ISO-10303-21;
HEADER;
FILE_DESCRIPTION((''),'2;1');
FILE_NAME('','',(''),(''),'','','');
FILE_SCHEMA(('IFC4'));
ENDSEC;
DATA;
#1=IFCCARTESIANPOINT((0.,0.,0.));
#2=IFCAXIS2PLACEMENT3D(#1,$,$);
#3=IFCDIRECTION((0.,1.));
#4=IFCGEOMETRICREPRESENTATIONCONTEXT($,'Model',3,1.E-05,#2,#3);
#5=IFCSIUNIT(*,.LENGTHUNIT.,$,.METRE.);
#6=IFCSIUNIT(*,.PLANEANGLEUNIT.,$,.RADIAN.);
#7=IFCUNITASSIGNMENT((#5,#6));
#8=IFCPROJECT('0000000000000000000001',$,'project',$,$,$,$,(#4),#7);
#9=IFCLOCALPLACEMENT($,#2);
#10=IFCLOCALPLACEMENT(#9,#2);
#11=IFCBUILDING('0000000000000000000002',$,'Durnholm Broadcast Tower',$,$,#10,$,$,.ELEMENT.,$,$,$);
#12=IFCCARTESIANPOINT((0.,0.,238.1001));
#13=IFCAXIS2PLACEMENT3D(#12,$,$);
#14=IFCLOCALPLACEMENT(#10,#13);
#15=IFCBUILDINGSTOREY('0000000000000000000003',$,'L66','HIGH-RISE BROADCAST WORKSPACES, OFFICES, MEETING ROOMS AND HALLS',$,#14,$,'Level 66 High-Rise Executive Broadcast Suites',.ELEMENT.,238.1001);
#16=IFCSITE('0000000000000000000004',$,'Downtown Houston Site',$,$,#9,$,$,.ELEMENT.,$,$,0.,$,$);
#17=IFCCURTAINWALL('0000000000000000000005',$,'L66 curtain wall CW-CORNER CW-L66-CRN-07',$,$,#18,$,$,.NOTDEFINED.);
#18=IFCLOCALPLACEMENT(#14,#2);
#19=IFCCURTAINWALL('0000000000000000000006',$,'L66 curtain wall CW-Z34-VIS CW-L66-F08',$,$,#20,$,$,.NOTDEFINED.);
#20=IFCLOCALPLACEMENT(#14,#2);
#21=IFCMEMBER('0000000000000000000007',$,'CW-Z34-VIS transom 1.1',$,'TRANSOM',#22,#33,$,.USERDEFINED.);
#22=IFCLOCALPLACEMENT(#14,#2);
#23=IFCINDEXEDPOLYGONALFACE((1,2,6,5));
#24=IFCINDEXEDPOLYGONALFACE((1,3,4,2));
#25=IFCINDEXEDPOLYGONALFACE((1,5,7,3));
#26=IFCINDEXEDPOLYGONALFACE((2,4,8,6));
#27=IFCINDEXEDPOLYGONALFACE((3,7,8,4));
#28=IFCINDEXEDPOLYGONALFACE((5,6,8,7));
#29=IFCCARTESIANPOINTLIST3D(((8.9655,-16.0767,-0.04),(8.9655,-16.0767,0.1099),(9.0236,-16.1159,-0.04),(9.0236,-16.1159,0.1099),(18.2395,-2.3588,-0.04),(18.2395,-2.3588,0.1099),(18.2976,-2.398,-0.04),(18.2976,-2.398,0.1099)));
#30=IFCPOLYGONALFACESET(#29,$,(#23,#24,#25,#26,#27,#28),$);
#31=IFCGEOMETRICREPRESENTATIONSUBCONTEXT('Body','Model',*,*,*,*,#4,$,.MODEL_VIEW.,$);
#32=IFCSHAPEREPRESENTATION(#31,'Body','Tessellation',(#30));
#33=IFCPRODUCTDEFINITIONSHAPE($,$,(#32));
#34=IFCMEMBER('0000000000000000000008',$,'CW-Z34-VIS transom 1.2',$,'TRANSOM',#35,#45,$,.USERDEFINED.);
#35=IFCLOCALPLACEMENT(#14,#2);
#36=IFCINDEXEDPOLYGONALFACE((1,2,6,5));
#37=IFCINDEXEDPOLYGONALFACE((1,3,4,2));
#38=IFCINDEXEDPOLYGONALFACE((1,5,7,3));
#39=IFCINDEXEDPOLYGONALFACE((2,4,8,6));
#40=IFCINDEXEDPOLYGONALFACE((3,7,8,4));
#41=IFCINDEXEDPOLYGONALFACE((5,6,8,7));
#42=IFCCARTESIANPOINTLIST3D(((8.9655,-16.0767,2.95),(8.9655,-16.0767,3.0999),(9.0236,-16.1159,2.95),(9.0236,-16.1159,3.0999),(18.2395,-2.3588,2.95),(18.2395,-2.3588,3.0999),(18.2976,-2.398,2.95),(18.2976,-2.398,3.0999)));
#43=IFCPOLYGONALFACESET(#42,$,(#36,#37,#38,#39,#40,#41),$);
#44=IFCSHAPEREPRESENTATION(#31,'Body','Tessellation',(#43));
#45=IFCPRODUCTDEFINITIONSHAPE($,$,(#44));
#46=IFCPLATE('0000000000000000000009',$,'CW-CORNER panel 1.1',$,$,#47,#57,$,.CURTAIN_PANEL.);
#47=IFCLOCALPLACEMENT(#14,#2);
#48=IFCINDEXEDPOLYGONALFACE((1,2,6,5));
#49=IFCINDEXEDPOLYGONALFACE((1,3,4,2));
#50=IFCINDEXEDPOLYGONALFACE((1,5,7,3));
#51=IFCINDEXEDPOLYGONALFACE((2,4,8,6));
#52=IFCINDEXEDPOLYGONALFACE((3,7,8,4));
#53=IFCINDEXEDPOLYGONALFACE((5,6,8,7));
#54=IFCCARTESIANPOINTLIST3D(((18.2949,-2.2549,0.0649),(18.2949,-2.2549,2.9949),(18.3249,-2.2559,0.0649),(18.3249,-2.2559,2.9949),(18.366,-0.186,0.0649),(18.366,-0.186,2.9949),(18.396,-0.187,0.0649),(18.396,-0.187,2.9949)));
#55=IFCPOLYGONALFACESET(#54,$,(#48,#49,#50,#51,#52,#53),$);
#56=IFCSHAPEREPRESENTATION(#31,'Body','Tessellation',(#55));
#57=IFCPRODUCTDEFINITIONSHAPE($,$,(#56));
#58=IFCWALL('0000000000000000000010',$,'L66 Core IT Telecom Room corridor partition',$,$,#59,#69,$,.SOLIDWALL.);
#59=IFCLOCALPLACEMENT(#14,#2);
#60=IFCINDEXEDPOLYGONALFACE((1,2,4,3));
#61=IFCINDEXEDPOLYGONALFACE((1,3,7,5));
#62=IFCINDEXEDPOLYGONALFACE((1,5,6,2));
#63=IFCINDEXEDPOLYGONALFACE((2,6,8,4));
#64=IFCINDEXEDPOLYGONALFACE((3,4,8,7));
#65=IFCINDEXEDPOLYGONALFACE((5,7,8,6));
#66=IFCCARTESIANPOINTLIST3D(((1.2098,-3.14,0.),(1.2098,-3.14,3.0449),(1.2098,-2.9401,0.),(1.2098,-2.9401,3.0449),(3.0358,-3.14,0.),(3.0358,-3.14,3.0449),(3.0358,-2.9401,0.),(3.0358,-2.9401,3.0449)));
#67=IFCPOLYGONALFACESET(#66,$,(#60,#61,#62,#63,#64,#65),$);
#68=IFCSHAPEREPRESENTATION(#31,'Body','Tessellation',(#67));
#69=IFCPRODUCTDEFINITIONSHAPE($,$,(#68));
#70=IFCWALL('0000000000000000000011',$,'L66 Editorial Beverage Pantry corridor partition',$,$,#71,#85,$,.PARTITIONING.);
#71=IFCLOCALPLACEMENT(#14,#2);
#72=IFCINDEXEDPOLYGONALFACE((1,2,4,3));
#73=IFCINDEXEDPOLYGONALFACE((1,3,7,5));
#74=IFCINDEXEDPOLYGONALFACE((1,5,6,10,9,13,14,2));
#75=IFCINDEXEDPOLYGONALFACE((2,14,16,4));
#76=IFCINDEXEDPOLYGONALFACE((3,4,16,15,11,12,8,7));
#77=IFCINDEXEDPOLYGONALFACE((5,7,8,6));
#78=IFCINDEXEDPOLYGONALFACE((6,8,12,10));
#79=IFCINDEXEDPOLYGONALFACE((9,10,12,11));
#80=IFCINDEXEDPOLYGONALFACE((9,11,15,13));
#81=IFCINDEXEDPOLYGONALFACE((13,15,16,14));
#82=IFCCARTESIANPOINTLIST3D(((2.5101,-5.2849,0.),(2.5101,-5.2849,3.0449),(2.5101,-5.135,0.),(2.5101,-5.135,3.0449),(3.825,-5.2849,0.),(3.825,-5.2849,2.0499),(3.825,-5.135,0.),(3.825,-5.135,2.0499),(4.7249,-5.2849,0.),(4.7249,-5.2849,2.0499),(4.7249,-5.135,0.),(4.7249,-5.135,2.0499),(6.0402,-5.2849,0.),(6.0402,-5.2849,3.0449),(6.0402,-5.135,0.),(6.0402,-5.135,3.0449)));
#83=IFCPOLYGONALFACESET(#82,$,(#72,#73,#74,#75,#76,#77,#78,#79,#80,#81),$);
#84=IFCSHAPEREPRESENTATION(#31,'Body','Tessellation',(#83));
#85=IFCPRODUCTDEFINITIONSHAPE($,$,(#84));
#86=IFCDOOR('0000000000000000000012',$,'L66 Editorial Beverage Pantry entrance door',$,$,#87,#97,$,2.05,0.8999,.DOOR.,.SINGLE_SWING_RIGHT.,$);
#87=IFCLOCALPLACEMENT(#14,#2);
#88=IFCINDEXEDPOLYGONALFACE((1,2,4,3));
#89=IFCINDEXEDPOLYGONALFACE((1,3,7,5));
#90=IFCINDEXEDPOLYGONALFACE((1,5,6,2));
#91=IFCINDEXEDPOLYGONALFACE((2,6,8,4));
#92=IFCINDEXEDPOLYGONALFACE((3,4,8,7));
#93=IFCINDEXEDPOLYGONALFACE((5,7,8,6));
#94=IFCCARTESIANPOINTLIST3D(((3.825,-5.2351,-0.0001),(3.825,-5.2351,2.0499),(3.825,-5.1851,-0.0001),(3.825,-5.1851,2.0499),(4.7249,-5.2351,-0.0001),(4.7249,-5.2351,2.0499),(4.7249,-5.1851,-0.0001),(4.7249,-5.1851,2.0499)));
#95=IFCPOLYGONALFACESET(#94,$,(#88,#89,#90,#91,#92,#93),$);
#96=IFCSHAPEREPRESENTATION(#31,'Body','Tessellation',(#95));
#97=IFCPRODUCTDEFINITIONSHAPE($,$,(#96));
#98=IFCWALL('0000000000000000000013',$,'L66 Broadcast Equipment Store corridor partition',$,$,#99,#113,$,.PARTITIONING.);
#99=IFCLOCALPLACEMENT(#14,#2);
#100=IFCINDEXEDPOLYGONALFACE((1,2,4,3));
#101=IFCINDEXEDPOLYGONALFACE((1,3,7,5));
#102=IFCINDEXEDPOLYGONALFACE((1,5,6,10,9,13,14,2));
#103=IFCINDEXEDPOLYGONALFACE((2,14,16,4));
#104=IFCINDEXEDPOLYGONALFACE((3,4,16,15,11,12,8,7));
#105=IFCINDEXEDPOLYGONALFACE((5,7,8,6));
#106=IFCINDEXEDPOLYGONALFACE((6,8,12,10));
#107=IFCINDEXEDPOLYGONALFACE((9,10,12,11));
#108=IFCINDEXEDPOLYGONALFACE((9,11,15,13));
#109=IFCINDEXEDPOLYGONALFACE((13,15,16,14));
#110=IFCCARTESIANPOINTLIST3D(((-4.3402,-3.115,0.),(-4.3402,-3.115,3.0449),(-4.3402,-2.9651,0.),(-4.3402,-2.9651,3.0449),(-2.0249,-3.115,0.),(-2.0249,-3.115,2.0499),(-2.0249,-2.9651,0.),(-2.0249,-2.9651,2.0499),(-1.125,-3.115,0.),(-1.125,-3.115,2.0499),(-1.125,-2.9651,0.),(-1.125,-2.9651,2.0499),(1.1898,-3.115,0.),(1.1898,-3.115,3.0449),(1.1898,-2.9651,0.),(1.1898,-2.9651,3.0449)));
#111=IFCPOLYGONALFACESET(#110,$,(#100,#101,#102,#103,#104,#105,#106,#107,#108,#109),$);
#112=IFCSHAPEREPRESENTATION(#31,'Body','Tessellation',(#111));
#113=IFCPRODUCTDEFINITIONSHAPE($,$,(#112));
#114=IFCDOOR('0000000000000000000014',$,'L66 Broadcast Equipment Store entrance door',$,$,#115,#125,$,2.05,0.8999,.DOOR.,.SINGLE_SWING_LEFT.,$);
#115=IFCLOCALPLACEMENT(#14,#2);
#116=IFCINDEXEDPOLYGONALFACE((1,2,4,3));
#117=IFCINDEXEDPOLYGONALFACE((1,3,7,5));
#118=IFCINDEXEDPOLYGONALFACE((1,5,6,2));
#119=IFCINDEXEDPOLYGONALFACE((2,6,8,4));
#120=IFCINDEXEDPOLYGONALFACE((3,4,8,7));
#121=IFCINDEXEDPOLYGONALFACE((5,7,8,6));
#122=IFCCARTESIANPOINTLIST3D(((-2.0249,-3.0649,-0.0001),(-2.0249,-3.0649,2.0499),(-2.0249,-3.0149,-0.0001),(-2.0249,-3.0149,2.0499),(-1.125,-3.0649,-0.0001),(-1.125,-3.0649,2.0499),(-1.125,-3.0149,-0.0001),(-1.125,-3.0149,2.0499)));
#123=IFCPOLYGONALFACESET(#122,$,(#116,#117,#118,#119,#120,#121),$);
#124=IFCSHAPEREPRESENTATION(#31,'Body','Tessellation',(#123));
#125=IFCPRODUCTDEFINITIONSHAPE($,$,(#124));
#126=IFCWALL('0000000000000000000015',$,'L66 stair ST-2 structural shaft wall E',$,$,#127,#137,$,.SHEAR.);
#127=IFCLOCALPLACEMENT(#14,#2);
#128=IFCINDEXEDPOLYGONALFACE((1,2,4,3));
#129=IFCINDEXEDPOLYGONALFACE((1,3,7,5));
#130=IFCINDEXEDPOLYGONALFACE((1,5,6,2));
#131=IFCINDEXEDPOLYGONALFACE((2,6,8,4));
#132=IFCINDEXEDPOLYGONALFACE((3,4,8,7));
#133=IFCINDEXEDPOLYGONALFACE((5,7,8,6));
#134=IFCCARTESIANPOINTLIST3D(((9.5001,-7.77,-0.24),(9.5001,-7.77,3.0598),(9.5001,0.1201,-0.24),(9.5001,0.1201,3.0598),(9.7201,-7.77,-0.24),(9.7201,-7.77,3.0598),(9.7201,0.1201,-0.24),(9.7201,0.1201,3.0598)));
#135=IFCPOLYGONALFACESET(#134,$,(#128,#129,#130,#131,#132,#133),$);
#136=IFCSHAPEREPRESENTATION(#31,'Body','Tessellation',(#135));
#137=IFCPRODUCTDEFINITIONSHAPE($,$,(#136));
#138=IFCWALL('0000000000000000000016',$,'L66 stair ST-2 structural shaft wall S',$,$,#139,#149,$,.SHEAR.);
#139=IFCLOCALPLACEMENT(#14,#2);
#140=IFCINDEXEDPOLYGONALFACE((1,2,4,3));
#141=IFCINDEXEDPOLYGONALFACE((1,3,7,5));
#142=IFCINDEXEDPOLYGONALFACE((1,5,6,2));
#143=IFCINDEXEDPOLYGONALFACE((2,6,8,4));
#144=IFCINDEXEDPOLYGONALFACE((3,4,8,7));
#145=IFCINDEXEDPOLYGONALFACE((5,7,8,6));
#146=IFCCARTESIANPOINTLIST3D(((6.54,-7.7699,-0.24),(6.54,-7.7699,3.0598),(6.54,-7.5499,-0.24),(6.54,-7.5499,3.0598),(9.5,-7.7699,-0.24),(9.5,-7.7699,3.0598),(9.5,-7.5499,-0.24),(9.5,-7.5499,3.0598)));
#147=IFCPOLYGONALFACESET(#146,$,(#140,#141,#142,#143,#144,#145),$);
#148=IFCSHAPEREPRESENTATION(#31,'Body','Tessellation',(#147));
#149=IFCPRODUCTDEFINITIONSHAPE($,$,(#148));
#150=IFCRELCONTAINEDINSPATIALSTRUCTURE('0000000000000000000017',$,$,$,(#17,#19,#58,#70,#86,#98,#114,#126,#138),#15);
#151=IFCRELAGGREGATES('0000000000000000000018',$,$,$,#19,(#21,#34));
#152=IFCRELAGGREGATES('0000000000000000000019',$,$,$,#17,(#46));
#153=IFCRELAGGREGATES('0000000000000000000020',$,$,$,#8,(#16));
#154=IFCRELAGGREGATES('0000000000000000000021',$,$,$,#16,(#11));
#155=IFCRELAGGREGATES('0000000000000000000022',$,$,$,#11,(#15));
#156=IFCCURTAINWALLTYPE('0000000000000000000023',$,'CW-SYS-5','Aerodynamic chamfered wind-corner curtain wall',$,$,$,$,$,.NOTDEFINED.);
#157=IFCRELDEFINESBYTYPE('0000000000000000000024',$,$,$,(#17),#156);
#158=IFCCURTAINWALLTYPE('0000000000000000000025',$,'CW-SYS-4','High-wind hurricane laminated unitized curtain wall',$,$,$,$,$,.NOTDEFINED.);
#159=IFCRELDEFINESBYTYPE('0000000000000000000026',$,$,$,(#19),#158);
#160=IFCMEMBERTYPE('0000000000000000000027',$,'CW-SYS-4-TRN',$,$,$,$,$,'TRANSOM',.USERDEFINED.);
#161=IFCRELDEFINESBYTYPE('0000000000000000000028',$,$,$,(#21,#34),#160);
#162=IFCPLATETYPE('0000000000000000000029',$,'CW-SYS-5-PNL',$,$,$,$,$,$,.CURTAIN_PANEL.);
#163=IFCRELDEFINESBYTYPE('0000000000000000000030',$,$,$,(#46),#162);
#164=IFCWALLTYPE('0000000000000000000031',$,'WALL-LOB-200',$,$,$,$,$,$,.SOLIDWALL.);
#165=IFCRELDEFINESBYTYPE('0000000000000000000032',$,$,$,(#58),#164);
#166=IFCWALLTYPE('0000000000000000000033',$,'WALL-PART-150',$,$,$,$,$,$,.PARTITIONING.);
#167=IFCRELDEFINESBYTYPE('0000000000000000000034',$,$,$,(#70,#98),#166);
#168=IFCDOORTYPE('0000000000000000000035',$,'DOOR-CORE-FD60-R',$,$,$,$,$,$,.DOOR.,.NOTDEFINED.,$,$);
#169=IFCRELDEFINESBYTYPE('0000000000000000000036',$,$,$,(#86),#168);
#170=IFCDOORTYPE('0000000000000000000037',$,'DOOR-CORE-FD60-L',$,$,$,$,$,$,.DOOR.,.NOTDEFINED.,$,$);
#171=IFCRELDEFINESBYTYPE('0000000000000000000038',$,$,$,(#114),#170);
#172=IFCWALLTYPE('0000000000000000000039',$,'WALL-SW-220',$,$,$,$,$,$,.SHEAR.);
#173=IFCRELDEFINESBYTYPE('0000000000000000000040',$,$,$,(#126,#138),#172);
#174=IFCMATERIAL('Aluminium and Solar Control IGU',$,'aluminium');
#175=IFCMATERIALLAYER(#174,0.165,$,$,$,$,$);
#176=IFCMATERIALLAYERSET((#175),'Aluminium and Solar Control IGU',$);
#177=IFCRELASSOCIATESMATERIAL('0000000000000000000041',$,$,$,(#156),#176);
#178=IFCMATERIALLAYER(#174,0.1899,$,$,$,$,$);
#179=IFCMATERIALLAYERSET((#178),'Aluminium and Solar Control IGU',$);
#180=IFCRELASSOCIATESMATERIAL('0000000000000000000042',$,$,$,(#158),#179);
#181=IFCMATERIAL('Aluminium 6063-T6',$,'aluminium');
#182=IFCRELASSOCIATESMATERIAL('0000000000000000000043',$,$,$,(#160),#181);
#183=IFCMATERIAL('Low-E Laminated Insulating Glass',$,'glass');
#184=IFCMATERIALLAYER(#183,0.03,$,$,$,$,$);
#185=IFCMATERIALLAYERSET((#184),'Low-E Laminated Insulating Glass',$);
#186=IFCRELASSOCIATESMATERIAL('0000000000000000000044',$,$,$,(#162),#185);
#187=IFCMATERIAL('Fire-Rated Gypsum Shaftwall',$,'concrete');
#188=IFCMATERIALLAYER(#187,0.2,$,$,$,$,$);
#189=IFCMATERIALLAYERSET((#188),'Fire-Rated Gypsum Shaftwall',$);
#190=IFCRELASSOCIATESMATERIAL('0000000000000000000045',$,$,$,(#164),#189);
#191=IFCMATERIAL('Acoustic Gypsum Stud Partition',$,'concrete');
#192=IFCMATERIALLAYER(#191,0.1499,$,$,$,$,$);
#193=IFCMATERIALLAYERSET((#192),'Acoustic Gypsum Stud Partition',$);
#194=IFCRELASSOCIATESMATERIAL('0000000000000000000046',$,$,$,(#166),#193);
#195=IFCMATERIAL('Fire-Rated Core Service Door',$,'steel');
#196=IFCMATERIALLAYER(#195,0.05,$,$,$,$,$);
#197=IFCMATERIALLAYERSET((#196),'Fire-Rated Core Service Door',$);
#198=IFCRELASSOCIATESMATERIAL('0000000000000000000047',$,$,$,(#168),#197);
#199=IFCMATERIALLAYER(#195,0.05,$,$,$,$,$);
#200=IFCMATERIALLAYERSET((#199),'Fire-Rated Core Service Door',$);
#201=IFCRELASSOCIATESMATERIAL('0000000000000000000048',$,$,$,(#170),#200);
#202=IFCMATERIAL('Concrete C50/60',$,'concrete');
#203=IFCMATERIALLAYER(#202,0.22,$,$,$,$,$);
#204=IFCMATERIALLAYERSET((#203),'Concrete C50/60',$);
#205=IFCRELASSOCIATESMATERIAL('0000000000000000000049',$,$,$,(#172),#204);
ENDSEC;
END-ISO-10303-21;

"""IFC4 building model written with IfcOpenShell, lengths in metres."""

from ifc_helpers import new_model, si_unit, direction, frame, frame_2d, origin, origin_2d, place, context, subcontext, project, spatial, rectangle, extrude, source, transform, mapped, material, layer, layer_set, material_profile, profile_set, type_object, type_shapes, element, fill, aggregate, save


model = new_model("IFC4")

# Units and contexts
model_context = context("Model", 3, precision=1e-05, world=origin(), true_north=direction((0.0, 1.0)))
body_context = subcontext(model_context, "Body", "Model", "MODEL_VIEW")
ifc_project = project(units=[si_unit("LENGTHUNIT", "METRE"), si_unit("PLANEANGLEUNIT", "RADIAN")], contexts=[model_context])

# Site, building, storey
site_placement = place(None, origin())
site = spatial("IfcSite", under=ifc_project, at=site_placement, Name="Downtown Houston Site", CompositionType="ELEMENT", RefElevation=0.0)
building_placement = place(site_placement, origin())
building = spatial("IfcBuilding", under=site, at=building_placement, Name="Durnholm Broadcast Tower", CompositionType="ELEMENT")
storey_placement = place(building_placement, frame((0.0, 0.0, 238.1001)))
storey = spatial("IfcBuildingStorey", under=building, at=storey_placement, Name="L66", Description="HIGH-RISE BROADCAST WORKSPACES, OFFICES, MEETING ROOMS AND HALLS", LongName="Level 66 High-Rise Executive Broadcast Suites", CompositionType="ELEMENT", Elevation=238.1001)

# Curtain wall
ifc_material_1 = material(Name="Aluminium and Solar Control IGU", Category="aluminium")
ifc_layer_1 = layer(ifc_material_1, 0.165)
ifc_layer_set_1 = layer_set([ifc_layer_1], Name="Aluminium and Solar Control IGU")
curtain_wall_type_1 = type_object("IfcCurtainWallType", Name="CW-SYS-5", Description="Aerodynamic chamfered wind-corner curtain wall", PredefinedType="NOTDEFINED", material=ifc_layer_set_1)
curtain_wall_1_placement = place(storey_placement, origin())
curtain_wall_1 = element("IfcCurtainWall", 1, at=curtain_wall_1_placement, inside=storey, type_object=curtain_wall_type_1, Name="L66 curtain wall CW-CORNER CW-L66-CRN-07", PredefinedType="NOTDEFINED")
ifc_material_2 = material(Name="Aluminium 6063-T6", Category="aluminium")

# Curtain wall, members
ifc_layer_2 = layer(ifc_material_1, 0.1899)
ifc_layer_set_2 = layer_set([ifc_layer_2], Name="Aluminium and Solar Control IGU")
curtain_wall_type_2 = type_object("IfcCurtainWallType", Name="CW-SYS-4", Description="High-wind hurricane laminated unitized curtain wall", PredefinedType="NOTDEFINED", material=ifc_layer_set_2)
curtain_wall_2_placement = place(storey_placement, origin())
curtain_wall_2 = element("IfcCurtainWall", 2, at=curtain_wall_2_placement, inside=storey, type_object=curtain_wall_type_2, Name="L66 curtain wall CW-Z34-VIS CW-L66-F08", PredefinedType="NOTDEFINED")
ifc_material_profile_1 = material_profile(ifc_material_2, rectangle(XDim=0.0701, YDim=0.1499, at=origin_2d()), Name="CWT70X150")
ifc_profile_set_1 = profile_set([ifc_material_profile_1], Name="Aluminium 6063-T6")
member_type_1 = type_object("IfcMemberType", Name="CW-SYS-4-TRN", ElementType="TRANSOM", PredefinedType="USERDEFINED", material=ifc_profile_set_1)
shared_shape_1 = source(origin(), body_context, "Body", "SweptSolid", [
    extrude(rectangle(XDim=0.0701, YDim=0.1499, at=origin_2d()), origin(), (0.0, 0.0, 1.0), 16.5586),
])
type_shapes(member_type_1, [shared_shape_1])
member_1_placement = place(storey_placement, frame((18.2686, -2.3784, 0.0349), z_axis=(-0.560071, -0.828444, 0.0), x_axis=(0.828444, -0.560071, 0.0)))
member_1 = element("IfcMember", 3, at=member_1_placement, type_object=member_type_1, Name="CW-Z34-VIS transom 1.1", ObjectType="TRANSOM", PredefinedType="USERDEFINED", context=body_context, shape_type="MappedRepresentation", body=[
    mapped(shared_shape_1, transform((0.0, 0.0, 0.0), x_axis=(1.0, 0.0, 0.0), y_axis=(0.0, 1.0, 0.0), z_axis=(0.0, 0.0, 1.0), scale=1.0)),
])
member_2_placement = place(storey_placement, frame((18.2686, -2.3784, 3.0249), z_axis=(-0.560071, -0.828444, 0.0), x_axis=(0.828444, -0.560071, 0.0)))
member_2 = element("IfcMember", 4, at=member_2_placement, type_object=member_type_1, Name="CW-Z34-VIS transom 1.2", ObjectType="TRANSOM", PredefinedType="USERDEFINED", context=body_context, shape_type="MappedRepresentation", body=[
    mapped(shared_shape_1, transform((0.0, 0.0, 0.0), x_axis=(1.0, 0.0, 0.0), y_axis=(0.0, 1.0, 0.0), z_axis=(0.0, 0.0, 1.0), scale=1.0)),
])
aggregate(curtain_wall_2, [member_1, member_2])

# Plate
ifc_material_3 = material(Name="Low-E Laminated Insulating Glass", Category="glass")
ifc_layer_3 = layer(ifc_material_3, 0.03)
ifc_layer_set_3 = layer_set([ifc_layer_3], Name="Low-E Laminated Insulating Glass")
plate_type = type_object("IfcPlateType", Name="CW-SYS-5-PNL", PredefinedType="CURTAIN_PANEL", material=ifc_layer_set_3)
shared_shape_2 = source(origin(), body_context, "Body", "SweptSolid", [
    extrude(rectangle(XDim=2.0701, YDim=0.03, at=origin_2d()), origin(), (0.0, 0.0, 1.0), 2.9299),
])
type_shapes(plate_type, [shared_shape_2])
plate_placement = place(storey_placement, frame((18.3455, -1.2209, 0.0649), z_axis=(0.0, 0.0, 1.0), x_axis=(-0.034318, -0.999411, 0.0)))
plate = element("IfcPlate", 5, at=plate_placement, type_object=plate_type, Name="CW-CORNER panel 1.1", PredefinedType="CURTAIN_PANEL", context=body_context, shape_type="MappedRepresentation", body=[
    mapped(shared_shape_2, transform((0.0, 0.0, 0.0), x_axis=(1.0, 0.0, 0.0), y_axis=(0.0, 1.0, 0.0), z_axis=(0.0, 0.0, 1.0), scale=1.0)),
])
aggregate(curtain_wall_1, [plate])

# Wall
ifc_material_4 = material(Name="Fire-Rated Gypsum Shaftwall", Category="concrete")
ifc_layer_4 = layer(ifc_material_4, 0.2)
ifc_layer_set_4 = layer_set([ifc_layer_4], Name="Fire-Rated Gypsum Shaftwall")
wall_type_1 = type_object("IfcWallType", Name="WALL-LOB-200", PredefinedType="SOLIDWALL", material=ifc_layer_set_4)
wall_1_placement = place(storey_placement, frame((3.0359, -3.04, 0.0), z_axis=(0.0, 0.0, 1.0), x_axis=(-1.0, 0.0, 0.0)))
element("IfcWall", 6, at=wall_1_placement, inside=storey, type_object=wall_type_1, Name="L66 Core IT Telecom Room corridor partition", PredefinedType="SOLIDWALL", context=body_context, shape_type="SweptSolid", body=[
    extrude(rectangle(XDim=1.8259, YDim=0.2, at=frame_2d((0.9131, 0.0))), origin(), (0.0, 0.0, 1.0), 3.0449),
])

# Walls, openings, doors
ifc_material_5 = material(Name="Acoustic Gypsum Stud Partition", Category="concrete")
ifc_layer_5 = layer(ifc_material_5, 0.1499)
ifc_layer_set_5 = layer_set([ifc_layer_5], Name="Acoustic Gypsum Stud Partition")
wall_type_2 = type_object("IfcWallType", Name="WALL-PART-150", PredefinedType="PARTITIONING", material=ifc_layer_set_5)
wall_2_placement = place(storey_placement, frame((2.51, -5.21, 0.0), z_axis=(0.0, 0.0, 1.0), x_axis=(1.0, 0.0, 0.0)))
wall_2 = element("IfcWall", 7, at=wall_2_placement, inside=storey, type_object=wall_type_2, Name="L66 Editorial Beverage Pantry corridor partition", PredefinedType="PARTITIONING", context=body_context, shape_type="SweptSolid", body=[
    extrude(rectangle(XDim=3.53, YDim=0.1499, at=frame_2d((1.7651, 0.0))), origin(), (0.0, 0.0, 1.0), 3.0449),
])
opening_1_placement = place(wall_2_placement, frame((1.3149, 0.0, 0.0)))
opening_1 = element("IfcOpeningElement", 8, at=opening_1_placement, cuts=wall_2, PredefinedType="OPENING", context=body_context, shape_type="SweptSolid", body=[
    extrude(rectangle(XDim=0.8999, YDim=2.05, at=frame_2d((0.45, 1.0249))), frame((0.0, 0.085, 0.0), z_axis=(0.0, -1.0, 0.0), x_axis=(1.0, 0.0, 0.0)), (0.0, 0.0, 1.0), 0.1699),
])
ifc_material_6 = material(Name="Fire-Rated Core Service Door", Category="steel")
ifc_layer_6 = layer(ifc_material_6, 0.05)
ifc_layer_set_6 = layer_set([ifc_layer_6], Name="Fire-Rated Core Service Door")
door_type_1 = type_object("IfcDoorType", Name="DOOR-CORE-FD60-R", OperationType="NOTDEFINED", PredefinedType="DOOR", material=ifc_layer_set_6)
shared_shape_3 = source(origin(), body_context, "Body", "SweptSolid", [
    extrude(rectangle(XDim=0.8999, YDim=2.05, at=frame_2d((0.45, 1.0249))), frame((0.0, 0.0249, 0.0), z_axis=(0.0, -1.0, 0.0), x_axis=(1.0, 0.0, 0.0)), (0.0, 0.0, 1.0), 0.05),
])
type_shapes(door_type_1, [shared_shape_3])
door_1_placement = place(opening_1_placement, origin())
door_1 = element("IfcDoor", 9, at=door_1_placement, inside=storey, type_object=door_type_1, Name="L66 Editorial Beverage Pantry entrance door", OperationType="SINGLE_SWING_RIGHT", OverallHeight=2.05, OverallWidth=0.8999, PredefinedType="DOOR", context=body_context, shape_type="MappedRepresentation", body=[
    mapped(shared_shape_3, transform((0.0, 0.0, 0.0), x_axis=(1.0, 0.0, 0.0), y_axis=(0.0, 1.0, 0.0), z_axis=(0.0, 0.0, 1.0), scale=1.0)),
])
fill(opening_1, door_1)
wall_3_placement = place(storey_placement, frame((1.1899, -3.04, 0.0), z_axis=(0.0, 0.0, 1.0), x_axis=(-1.0, 0.0, 0.0)))
wall_3 = element("IfcWall", 10, at=wall_3_placement, inside=storey, type_object=wall_type_2, Name="L66 Broadcast Equipment Store corridor partition", PredefinedType="PARTITIONING", context=body_context, shape_type="SweptSolid", body=[
    extrude(rectangle(XDim=5.53, YDim=0.1499, at=frame_2d((2.7651, 0.0))), origin(), (0.0, 0.0, 1.0), 3.0449),
])
opening_2_placement = place(wall_3_placement, frame((2.3149, 0.0, 0.0)))
opening_2 = element("IfcOpeningElement", 11, at=opening_2_placement, cuts=wall_3, PredefinedType="OPENING", context=body_context, shape_type="SweptSolid", body=[
    extrude(rectangle(XDim=0.8999, YDim=2.05, at=frame_2d((0.45, 1.0249))), frame((0.0, 0.085, 0.0), z_axis=(0.0, -1.0, 0.0), x_axis=(1.0, 0.0, 0.0)), (0.0, 0.0, 1.0), 0.1699),
])
ifc_layer_7 = layer(ifc_material_6, 0.05)
ifc_layer_set_7 = layer_set([ifc_layer_7], Name="Fire-Rated Core Service Door")
door_type_2 = type_object("IfcDoorType", Name="DOOR-CORE-FD60-L", OperationType="NOTDEFINED", PredefinedType="DOOR", material=ifc_layer_set_7)
shared_shape_4 = source(origin(), body_context, "Body", "SweptSolid", [
    extrude(rectangle(XDim=0.8999, YDim=2.05, at=frame_2d((0.45, 1.0249))), frame((0.0, 0.0249, 0.0), z_axis=(0.0, -1.0, 0.0), x_axis=(1.0, 0.0, 0.0)), (0.0, 0.0, 1.0), 0.05),
])
type_shapes(door_type_2, [shared_shape_4])
door_2_placement = place(opening_2_placement, origin())
door_2 = element("IfcDoor", 12, at=door_2_placement, inside=storey, type_object=door_type_2, Name="L66 Broadcast Equipment Store entrance door", OperationType="SINGLE_SWING_LEFT", OverallHeight=2.05, OverallWidth=0.8999, PredefinedType="DOOR", context=body_context, shape_type="MappedRepresentation", body=[
    mapped(shared_shape_4, transform((0.0, 0.0, 0.0), x_axis=(1.0, 0.0, 0.0), y_axis=(0.0, 1.0, 0.0), z_axis=(0.0, 0.0, 1.0), scale=1.0)),
])
fill(opening_2, door_2)

# Walls
ifc_material_7 = material(Name="Concrete C50/60", Category="concrete")
ifc_layer_8 = layer(ifc_material_7, 0.22)
ifc_layer_set_8 = layer_set([ifc_layer_8], Name="Concrete C50/60")
wall_type_3 = type_object("IfcWallType", Name="WALL-SW-220", PredefinedType="SHEAR", material=ifc_layer_set_8)
wall_4_placement = place(storey_placement, frame((9.6101, -7.77, -0.24), z_axis=(0.0, 0.0, 1.0), x_axis=(0.0, 1.0, 0.0)))
element("IfcWall", 13, at=wall_4_placement, inside=storey, type_object=wall_type_3, Name="L66 stair ST-2 structural shaft wall E", PredefinedType="SHEAR", context=body_context, shape_type="SweptSolid", body=[
    extrude(rectangle(XDim=7.8901, YDim=0.22, at=frame_2d((3.9451, 0.0))), origin(), (0.0, 0.0, 1.0), 3.2998),
])
wall_5_placement = place(storey_placement, frame((6.54, -7.6599, -0.24), z_axis=(0.0, 0.0, 1.0), x_axis=(1.0, 0.0, 0.0)))
element("IfcWall", 14, at=wall_5_placement, inside=storey, type_object=wall_type_3, Name="L66 stair ST-2 structural shaft wall S", PredefinedType="SHEAR", context=body_context, shape_type="SweptSolid", body=[
    extrude(rectangle(XDim=2.96, YDim=0.22, at=frame_2d((1.48, 0.0))), origin(), (0.0, 0.0, 1.0), 3.2998),
])

save(model, "model.ifc")
